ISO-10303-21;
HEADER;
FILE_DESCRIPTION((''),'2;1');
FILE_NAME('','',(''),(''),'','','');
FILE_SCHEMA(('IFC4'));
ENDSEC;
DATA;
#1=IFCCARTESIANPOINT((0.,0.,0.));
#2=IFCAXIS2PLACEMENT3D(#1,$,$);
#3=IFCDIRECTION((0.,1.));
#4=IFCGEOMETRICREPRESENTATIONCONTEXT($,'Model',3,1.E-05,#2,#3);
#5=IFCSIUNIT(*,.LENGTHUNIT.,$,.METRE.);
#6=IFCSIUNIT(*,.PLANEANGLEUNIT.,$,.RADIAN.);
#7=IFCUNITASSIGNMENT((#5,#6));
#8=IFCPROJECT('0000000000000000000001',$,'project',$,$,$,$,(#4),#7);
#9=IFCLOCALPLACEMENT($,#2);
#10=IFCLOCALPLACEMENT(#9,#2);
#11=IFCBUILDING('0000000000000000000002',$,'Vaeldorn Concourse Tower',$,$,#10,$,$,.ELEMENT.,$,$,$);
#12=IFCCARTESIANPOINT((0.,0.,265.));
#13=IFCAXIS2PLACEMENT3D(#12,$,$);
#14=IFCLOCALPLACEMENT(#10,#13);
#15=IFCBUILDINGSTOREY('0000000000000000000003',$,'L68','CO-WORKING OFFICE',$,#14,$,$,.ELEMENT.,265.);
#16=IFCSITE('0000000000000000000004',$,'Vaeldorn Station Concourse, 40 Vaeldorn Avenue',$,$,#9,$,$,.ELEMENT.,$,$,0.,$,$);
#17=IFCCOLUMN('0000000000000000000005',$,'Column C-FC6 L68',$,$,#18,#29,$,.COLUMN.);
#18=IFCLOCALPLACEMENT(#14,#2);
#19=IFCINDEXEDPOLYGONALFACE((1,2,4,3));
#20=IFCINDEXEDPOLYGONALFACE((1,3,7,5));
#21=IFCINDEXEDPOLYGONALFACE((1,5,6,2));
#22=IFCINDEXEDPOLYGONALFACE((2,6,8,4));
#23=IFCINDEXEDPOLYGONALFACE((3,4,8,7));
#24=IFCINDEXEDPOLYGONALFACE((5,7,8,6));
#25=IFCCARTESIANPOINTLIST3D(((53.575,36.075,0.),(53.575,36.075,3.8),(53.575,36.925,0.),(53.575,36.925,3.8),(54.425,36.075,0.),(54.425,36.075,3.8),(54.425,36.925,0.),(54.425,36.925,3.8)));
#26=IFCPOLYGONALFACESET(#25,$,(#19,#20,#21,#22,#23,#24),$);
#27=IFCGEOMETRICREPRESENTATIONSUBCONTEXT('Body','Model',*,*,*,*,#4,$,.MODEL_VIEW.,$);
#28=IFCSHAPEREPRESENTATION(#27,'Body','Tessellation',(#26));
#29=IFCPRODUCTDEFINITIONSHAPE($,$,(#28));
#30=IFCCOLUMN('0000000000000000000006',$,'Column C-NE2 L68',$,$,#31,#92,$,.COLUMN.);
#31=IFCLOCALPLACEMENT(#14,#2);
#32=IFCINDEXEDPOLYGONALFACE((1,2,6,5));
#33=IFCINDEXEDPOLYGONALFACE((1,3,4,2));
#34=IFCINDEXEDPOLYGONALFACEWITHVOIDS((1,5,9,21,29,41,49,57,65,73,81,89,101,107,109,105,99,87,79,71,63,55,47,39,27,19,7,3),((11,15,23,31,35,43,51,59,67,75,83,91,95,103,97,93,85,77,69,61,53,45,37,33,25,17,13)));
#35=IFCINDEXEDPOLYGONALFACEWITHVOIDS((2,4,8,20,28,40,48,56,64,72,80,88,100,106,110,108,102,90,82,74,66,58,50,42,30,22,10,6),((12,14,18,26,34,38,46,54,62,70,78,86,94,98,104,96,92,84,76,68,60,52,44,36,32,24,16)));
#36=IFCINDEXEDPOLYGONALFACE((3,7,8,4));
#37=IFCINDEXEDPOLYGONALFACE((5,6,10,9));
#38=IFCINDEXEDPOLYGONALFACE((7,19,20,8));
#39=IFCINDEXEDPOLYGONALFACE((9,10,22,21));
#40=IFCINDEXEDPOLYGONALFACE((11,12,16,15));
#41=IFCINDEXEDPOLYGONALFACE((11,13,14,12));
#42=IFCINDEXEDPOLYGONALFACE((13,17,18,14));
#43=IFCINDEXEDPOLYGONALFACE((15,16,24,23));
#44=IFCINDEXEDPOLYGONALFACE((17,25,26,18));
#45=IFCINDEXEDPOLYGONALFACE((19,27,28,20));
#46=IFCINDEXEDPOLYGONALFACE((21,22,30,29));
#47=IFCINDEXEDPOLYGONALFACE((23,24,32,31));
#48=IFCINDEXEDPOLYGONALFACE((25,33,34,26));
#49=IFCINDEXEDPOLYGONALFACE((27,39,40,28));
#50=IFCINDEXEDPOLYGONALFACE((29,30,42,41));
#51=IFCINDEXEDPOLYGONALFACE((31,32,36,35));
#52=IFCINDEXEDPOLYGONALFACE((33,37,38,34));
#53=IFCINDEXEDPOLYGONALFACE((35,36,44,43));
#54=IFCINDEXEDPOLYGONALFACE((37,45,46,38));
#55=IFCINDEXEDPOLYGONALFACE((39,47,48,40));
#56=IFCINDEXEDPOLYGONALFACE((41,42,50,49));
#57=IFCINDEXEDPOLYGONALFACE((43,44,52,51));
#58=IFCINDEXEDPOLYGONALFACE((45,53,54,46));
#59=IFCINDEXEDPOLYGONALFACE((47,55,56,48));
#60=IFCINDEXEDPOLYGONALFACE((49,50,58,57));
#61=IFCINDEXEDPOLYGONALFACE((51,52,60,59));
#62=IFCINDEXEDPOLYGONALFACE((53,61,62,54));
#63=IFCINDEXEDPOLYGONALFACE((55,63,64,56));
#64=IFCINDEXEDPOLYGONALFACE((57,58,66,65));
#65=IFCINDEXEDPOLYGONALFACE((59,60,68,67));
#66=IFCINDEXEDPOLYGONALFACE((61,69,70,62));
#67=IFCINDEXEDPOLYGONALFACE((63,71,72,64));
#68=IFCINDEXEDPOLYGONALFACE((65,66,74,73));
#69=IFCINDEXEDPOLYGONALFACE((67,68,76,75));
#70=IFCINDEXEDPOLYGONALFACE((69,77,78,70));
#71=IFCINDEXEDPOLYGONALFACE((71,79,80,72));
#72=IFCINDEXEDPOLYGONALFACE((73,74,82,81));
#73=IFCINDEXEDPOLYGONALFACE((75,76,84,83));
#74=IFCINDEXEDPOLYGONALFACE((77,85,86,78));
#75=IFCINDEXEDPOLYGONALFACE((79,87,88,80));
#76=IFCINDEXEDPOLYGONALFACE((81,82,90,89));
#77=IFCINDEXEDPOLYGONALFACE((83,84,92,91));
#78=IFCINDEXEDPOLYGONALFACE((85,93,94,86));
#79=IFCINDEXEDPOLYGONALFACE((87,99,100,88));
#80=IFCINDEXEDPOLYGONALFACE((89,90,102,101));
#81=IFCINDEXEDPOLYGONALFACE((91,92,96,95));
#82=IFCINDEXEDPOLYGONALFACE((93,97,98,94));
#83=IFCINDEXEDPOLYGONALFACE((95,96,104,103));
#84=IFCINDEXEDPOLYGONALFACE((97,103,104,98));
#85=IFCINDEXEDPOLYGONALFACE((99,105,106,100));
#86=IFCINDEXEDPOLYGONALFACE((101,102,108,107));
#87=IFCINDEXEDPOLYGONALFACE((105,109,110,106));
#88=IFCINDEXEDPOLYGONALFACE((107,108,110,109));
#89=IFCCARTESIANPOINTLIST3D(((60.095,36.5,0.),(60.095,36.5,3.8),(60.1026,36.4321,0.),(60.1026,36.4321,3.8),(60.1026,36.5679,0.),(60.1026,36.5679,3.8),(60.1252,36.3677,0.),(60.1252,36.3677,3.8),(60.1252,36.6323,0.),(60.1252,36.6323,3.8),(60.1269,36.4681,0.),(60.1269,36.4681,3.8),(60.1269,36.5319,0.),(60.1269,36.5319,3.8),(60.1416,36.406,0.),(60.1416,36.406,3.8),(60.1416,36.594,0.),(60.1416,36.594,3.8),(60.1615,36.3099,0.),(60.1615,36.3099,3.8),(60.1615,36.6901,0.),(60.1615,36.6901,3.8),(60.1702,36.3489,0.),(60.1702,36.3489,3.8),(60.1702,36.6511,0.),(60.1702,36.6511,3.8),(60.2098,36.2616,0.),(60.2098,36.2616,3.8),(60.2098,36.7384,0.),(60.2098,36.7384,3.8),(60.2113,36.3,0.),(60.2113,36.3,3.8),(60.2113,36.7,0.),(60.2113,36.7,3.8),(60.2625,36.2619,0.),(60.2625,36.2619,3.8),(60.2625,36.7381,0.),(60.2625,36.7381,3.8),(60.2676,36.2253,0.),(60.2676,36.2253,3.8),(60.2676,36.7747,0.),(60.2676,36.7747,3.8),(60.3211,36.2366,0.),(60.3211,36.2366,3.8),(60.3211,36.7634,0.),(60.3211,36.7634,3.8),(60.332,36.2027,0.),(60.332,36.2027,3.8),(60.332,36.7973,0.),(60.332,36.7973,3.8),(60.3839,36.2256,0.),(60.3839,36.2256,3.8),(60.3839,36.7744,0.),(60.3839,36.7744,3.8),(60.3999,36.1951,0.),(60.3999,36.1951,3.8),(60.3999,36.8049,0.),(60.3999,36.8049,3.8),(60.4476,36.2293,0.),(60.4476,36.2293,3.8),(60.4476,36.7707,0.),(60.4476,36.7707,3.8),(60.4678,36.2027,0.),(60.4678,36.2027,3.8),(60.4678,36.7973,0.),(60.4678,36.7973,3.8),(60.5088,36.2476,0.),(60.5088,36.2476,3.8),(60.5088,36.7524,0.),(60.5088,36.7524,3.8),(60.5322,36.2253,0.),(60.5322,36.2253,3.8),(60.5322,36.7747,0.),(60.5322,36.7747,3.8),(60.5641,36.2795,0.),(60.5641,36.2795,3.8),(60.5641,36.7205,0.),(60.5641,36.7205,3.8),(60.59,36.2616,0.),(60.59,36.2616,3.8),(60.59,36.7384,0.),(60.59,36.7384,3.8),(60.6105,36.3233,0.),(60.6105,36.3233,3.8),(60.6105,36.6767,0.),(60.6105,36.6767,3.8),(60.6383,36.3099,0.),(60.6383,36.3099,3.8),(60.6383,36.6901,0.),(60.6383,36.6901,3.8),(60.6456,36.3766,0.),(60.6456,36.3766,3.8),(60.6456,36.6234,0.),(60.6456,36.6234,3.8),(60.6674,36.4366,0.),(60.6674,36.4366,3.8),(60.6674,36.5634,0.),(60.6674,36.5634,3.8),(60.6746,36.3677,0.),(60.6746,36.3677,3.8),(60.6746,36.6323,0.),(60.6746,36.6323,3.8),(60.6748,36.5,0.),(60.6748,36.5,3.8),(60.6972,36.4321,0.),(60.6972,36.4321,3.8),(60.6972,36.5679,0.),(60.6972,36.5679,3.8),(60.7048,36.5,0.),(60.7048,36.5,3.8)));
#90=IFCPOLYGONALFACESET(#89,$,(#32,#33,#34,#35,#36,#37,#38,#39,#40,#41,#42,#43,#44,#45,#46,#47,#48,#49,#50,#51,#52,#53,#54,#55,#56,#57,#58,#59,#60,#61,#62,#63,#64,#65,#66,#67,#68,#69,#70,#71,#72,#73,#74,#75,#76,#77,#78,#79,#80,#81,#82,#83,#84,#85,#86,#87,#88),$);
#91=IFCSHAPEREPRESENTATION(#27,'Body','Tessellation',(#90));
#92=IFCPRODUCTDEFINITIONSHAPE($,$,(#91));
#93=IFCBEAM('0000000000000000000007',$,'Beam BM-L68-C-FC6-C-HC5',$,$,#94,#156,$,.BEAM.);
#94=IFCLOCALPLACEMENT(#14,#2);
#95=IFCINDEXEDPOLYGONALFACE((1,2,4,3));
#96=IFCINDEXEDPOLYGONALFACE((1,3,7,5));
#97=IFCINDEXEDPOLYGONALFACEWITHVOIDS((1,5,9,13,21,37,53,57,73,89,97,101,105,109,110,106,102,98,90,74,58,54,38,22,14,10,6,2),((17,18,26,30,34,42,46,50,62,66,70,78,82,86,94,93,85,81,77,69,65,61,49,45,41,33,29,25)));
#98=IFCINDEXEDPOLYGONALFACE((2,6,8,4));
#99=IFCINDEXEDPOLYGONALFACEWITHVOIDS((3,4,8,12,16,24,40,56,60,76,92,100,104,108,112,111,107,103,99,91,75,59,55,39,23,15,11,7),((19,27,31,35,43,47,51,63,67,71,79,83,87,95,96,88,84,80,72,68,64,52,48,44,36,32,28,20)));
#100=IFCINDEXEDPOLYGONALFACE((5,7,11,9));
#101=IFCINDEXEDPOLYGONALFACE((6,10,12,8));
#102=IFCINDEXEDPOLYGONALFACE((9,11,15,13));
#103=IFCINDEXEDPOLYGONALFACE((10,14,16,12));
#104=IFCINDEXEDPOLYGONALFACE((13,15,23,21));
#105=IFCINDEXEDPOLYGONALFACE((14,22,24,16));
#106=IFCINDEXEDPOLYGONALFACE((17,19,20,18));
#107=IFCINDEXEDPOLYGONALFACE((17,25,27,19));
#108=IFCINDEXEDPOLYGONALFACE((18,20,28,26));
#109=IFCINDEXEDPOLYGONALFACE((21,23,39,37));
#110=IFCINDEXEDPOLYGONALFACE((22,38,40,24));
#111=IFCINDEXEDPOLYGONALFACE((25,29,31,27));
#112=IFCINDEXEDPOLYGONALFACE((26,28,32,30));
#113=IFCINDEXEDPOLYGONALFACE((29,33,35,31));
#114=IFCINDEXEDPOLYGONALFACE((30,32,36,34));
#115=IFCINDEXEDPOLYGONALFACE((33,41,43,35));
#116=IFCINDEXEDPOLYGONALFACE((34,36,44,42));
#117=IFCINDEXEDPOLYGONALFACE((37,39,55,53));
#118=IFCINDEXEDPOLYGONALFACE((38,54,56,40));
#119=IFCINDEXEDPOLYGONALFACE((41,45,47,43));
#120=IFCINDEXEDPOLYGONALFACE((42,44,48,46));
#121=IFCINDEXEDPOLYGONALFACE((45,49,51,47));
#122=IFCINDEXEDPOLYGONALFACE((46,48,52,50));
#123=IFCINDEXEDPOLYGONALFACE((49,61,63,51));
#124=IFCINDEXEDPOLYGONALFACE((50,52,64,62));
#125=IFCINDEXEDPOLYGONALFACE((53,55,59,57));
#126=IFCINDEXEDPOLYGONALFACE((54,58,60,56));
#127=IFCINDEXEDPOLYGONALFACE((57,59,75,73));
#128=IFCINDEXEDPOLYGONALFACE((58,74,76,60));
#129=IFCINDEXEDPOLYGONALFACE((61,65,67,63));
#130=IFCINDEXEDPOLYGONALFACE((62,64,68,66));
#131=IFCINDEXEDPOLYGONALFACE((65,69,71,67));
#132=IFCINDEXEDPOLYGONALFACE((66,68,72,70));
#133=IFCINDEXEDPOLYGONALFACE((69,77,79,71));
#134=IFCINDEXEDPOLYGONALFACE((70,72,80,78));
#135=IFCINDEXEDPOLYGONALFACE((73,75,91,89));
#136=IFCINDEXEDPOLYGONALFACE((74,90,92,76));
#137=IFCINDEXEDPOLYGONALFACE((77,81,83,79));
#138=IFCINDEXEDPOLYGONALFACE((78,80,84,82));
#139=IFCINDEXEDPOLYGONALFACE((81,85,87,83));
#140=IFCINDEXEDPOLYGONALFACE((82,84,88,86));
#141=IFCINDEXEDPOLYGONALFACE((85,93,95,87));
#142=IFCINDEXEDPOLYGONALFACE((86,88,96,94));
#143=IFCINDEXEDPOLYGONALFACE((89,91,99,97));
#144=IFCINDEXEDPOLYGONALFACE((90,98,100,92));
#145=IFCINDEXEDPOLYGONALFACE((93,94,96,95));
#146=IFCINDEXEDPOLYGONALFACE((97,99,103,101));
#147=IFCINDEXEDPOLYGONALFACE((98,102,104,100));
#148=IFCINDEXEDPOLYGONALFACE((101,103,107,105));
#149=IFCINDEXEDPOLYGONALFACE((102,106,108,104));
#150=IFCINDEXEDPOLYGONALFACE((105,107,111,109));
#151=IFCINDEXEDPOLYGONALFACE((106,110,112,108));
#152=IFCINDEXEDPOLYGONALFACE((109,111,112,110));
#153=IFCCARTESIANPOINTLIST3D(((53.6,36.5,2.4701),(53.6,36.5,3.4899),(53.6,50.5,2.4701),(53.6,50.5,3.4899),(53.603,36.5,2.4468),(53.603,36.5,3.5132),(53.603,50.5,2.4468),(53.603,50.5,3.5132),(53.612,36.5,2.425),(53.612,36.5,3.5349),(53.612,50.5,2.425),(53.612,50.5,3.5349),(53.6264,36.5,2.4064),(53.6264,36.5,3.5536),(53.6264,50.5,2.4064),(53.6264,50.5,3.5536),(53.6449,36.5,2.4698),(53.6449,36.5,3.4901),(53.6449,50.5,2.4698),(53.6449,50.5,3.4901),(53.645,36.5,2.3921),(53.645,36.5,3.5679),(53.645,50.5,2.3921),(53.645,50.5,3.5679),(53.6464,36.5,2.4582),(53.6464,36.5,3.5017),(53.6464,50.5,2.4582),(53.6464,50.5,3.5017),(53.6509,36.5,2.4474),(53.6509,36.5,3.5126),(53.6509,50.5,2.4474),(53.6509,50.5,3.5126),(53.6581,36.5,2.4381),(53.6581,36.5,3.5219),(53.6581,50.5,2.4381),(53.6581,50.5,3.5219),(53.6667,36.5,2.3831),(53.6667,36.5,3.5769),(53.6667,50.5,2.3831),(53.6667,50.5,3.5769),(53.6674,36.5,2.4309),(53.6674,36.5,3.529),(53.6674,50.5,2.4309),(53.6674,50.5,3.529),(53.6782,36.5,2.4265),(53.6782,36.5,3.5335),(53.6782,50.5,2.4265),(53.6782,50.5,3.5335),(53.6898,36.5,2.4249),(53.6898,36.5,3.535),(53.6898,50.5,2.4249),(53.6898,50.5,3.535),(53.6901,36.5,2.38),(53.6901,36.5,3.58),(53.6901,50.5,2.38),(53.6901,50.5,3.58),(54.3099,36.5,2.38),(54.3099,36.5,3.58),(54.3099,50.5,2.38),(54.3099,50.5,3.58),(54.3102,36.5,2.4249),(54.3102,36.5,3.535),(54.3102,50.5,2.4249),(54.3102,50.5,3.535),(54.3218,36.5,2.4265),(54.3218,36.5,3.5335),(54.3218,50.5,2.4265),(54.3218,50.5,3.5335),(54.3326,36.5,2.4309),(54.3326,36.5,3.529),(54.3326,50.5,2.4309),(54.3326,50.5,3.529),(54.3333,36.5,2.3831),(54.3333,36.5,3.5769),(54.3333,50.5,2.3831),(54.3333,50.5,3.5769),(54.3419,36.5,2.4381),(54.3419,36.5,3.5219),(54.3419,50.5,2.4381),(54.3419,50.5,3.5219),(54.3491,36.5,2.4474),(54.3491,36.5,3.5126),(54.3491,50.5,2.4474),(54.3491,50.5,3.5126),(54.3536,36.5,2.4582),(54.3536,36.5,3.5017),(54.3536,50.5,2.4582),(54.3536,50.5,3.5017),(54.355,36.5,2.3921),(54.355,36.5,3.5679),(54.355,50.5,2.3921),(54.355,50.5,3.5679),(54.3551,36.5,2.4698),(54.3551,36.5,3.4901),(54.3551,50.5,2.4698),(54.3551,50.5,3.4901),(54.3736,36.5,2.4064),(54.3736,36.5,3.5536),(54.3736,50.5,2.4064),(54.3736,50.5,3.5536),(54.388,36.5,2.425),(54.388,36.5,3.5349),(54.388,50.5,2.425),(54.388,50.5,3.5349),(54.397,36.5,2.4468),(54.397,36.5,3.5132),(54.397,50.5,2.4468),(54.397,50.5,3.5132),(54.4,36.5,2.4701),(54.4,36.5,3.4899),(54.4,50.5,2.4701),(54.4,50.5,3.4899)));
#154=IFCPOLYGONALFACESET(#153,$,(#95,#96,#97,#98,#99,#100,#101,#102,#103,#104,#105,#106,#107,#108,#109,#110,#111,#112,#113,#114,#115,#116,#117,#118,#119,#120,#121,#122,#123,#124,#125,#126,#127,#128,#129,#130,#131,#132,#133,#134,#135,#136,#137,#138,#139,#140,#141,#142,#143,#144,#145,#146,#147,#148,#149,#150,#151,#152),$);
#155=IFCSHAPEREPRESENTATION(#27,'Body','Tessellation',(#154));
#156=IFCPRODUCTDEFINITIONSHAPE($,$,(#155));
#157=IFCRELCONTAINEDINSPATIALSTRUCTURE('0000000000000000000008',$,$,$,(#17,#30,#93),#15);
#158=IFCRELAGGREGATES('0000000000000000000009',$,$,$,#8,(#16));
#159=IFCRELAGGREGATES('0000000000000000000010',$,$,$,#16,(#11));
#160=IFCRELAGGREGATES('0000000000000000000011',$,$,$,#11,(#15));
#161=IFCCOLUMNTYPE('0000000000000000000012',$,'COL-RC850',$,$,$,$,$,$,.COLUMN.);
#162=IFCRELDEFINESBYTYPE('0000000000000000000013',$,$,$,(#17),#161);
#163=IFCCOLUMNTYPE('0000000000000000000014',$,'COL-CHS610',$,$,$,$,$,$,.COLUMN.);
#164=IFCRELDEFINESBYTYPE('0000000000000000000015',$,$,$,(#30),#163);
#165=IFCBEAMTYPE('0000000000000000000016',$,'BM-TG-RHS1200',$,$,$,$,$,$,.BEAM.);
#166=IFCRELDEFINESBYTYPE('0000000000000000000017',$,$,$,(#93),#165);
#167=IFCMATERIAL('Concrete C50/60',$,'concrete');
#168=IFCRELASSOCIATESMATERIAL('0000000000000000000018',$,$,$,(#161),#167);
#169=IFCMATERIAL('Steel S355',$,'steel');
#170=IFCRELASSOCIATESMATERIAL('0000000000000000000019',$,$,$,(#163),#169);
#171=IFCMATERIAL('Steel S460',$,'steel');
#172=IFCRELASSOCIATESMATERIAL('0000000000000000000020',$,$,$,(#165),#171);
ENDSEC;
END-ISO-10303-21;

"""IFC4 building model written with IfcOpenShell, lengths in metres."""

from ifc_helpers import new_model, si_unit, direction, frame, origin, origin_2d, place, context, subcontext, project, spatial, rectangle, hollow_rectangle, hollow_circle, extrude, source, transform, mapped, material, material_profile, profile_set, type_object, element, save


model = new_model("IFC4")

# Units and contexts
model_context = context("Model", 3, precision=1e-05, world=origin(), true_north=direction((0.0, 1.0)))
body_context = subcontext(model_context, "Body", "Model", "MODEL_VIEW")
ifc_project = project(units=[si_unit("LENGTHUNIT", "METRE"), si_unit("PLANEANGLEUNIT", "RADIAN")], contexts=[model_context])

# Site, building, storey
site_placement = place(None, origin())
site = spatial("IfcSite", under=ifc_project, at=site_placement, Name="Vaeldorn Station Concourse, 40 Vaeldorn Avenue", CompositionType="ELEMENT", RefElevation=0.0)
building_placement = place(site_placement, origin())
building = spatial("IfcBuilding", under=site, at=building_placement, Name="Vaeldorn Concourse Tower", CompositionType="ELEMENT")
storey_placement = place(building_placement, frame((0.0, 0.0, 265.0)))
storey = spatial("IfcBuildingStorey", under=building, at=storey_placement, Name="L68", Description="CO-WORKING OFFICE", CompositionType="ELEMENT", Elevation=265.0)

# Columns
ifc_material_1 = material(Name="Concrete C50/60", Category="concrete")
ifc_material_profile_1 = material_profile(ifc_material_1, rectangle(XDim=0.8501, YDim=0.8501, at=origin_2d()), Name="RC 850x850")
ifc_profile_set_1 = profile_set([ifc_material_profile_1], Name="Concrete C50/60")
column_type_1 = type_object("IfcColumnType", Name="COL-RC850", PredefinedType="COLUMN", material=ifc_profile_set_1)
shared_shape_1 = source(origin(), body_context, "Body", "SweptSolid", [
    extrude(rectangle(XDim=0.8501, YDim=0.8501, at=origin_2d()), origin(), (0.0, 0.0, 1.0), 3.8),
])
column_1_placement = place(storey_placement, frame((54.0, 36.5, 0.0), z_axis=(0.0, 0.0, 1.0), x_axis=(1.0, 0.0, 0.0)))
element("IfcColumn", 1, at=column_1_placement, inside=storey, type_object=column_type_1, Name="Column C-FC6 L68", PredefinedType="COLUMN", context=body_context, shape_type="MappedRepresentation", body=[
    mapped(shared_shape_1, transform((0.0, 0.0, 0.0), scale=1.0)),
])
ifc_material_2 = material(Name="Steel S355", Category="steel")
ifc_material_profile_2 = material_profile(ifc_material_2, hollow_circle(Radius=0.3049, WallThickness=0.03, at=origin_2d()), Name="CHS 610x30")
ifc_profile_set_2 = profile_set([ifc_material_profile_2], Name="Steel S355")
column_type_2 = type_object("IfcColumnType", Name="COL-CHS610", PredefinedType="COLUMN", material=ifc_profile_set_2)
shared_shape_2 = source(origin(), body_context, "Body", "SweptSolid", [
    extrude(hollow_circle(Radius=0.3049, WallThickness=0.03, at=origin_2d()), origin(), (0.0, 0.0, 1.0), 3.8),
])
column_2_placement = place(storey_placement, frame((60.3999, 36.5, 0.0), z_axis=(0.0, 0.0, 1.0), x_axis=(1.0, 0.0, 0.0)))
element("IfcColumn", 2, at=column_2_placement, inside=storey, type_object=column_type_2, Name="Column C-NE2 L68", PredefinedType="COLUMN", context=body_context, shape_type="MappedRepresentation", body=[
    mapped(shared_shape_2, transform((0.0, 0.0, 0.0), scale=1.0)),
])

# Beam
ifc_material_3 = material(Name="Steel S460", Category="steel")
ifc_material_profile_3 = material_profile(ifc_material_3, hollow_rectangle(XDim=0.8, YDim=1.2, WallThickness=0.0449, InnerFilletRadius=0.0449, OuterFilletRadius=0.0901, at=origin_2d()), Name="RHS 1200x800x45")
ifc_profile_set_3 = profile_set([ifc_material_profile_3], Name="Steel S460")
beam_type_1 = type_object("IfcBeamType", Name="BM-TG-RHS1200", PredefinedType="BEAM", material=ifc_profile_set_3)
shared_shape_3 = source(origin(), body_context, "Body", "SweptSolid", [
    extrude(hollow_rectangle(XDim=0.8, YDim=1.2, WallThickness=0.0449, InnerFilletRadius=0.0449, OuterFilletRadius=0.0901, at=origin_2d()), origin(), (0.0, 0.0, 1.0), 14.0),
])
beam_1_placement = place(storey_placement, frame((54.0, 36.5, 2.98), z_axis=(0.0, 1.0, 0.0), x_axis=(-1.0, 0.0, 0.0)))
element("IfcBeam", 3, at=beam_1_placement, inside=storey, type_object=beam_type_1, Name="Beam BM-L68-C-FC6-C-HC5", PredefinedType="BEAM", context=body_context, shape_type="MappedRepresentation", body=[
    mapped(shared_shape_3, transform((0.0, 0.0, 0.0), scale=1.0)),
])

save(model, "model.ifc")
